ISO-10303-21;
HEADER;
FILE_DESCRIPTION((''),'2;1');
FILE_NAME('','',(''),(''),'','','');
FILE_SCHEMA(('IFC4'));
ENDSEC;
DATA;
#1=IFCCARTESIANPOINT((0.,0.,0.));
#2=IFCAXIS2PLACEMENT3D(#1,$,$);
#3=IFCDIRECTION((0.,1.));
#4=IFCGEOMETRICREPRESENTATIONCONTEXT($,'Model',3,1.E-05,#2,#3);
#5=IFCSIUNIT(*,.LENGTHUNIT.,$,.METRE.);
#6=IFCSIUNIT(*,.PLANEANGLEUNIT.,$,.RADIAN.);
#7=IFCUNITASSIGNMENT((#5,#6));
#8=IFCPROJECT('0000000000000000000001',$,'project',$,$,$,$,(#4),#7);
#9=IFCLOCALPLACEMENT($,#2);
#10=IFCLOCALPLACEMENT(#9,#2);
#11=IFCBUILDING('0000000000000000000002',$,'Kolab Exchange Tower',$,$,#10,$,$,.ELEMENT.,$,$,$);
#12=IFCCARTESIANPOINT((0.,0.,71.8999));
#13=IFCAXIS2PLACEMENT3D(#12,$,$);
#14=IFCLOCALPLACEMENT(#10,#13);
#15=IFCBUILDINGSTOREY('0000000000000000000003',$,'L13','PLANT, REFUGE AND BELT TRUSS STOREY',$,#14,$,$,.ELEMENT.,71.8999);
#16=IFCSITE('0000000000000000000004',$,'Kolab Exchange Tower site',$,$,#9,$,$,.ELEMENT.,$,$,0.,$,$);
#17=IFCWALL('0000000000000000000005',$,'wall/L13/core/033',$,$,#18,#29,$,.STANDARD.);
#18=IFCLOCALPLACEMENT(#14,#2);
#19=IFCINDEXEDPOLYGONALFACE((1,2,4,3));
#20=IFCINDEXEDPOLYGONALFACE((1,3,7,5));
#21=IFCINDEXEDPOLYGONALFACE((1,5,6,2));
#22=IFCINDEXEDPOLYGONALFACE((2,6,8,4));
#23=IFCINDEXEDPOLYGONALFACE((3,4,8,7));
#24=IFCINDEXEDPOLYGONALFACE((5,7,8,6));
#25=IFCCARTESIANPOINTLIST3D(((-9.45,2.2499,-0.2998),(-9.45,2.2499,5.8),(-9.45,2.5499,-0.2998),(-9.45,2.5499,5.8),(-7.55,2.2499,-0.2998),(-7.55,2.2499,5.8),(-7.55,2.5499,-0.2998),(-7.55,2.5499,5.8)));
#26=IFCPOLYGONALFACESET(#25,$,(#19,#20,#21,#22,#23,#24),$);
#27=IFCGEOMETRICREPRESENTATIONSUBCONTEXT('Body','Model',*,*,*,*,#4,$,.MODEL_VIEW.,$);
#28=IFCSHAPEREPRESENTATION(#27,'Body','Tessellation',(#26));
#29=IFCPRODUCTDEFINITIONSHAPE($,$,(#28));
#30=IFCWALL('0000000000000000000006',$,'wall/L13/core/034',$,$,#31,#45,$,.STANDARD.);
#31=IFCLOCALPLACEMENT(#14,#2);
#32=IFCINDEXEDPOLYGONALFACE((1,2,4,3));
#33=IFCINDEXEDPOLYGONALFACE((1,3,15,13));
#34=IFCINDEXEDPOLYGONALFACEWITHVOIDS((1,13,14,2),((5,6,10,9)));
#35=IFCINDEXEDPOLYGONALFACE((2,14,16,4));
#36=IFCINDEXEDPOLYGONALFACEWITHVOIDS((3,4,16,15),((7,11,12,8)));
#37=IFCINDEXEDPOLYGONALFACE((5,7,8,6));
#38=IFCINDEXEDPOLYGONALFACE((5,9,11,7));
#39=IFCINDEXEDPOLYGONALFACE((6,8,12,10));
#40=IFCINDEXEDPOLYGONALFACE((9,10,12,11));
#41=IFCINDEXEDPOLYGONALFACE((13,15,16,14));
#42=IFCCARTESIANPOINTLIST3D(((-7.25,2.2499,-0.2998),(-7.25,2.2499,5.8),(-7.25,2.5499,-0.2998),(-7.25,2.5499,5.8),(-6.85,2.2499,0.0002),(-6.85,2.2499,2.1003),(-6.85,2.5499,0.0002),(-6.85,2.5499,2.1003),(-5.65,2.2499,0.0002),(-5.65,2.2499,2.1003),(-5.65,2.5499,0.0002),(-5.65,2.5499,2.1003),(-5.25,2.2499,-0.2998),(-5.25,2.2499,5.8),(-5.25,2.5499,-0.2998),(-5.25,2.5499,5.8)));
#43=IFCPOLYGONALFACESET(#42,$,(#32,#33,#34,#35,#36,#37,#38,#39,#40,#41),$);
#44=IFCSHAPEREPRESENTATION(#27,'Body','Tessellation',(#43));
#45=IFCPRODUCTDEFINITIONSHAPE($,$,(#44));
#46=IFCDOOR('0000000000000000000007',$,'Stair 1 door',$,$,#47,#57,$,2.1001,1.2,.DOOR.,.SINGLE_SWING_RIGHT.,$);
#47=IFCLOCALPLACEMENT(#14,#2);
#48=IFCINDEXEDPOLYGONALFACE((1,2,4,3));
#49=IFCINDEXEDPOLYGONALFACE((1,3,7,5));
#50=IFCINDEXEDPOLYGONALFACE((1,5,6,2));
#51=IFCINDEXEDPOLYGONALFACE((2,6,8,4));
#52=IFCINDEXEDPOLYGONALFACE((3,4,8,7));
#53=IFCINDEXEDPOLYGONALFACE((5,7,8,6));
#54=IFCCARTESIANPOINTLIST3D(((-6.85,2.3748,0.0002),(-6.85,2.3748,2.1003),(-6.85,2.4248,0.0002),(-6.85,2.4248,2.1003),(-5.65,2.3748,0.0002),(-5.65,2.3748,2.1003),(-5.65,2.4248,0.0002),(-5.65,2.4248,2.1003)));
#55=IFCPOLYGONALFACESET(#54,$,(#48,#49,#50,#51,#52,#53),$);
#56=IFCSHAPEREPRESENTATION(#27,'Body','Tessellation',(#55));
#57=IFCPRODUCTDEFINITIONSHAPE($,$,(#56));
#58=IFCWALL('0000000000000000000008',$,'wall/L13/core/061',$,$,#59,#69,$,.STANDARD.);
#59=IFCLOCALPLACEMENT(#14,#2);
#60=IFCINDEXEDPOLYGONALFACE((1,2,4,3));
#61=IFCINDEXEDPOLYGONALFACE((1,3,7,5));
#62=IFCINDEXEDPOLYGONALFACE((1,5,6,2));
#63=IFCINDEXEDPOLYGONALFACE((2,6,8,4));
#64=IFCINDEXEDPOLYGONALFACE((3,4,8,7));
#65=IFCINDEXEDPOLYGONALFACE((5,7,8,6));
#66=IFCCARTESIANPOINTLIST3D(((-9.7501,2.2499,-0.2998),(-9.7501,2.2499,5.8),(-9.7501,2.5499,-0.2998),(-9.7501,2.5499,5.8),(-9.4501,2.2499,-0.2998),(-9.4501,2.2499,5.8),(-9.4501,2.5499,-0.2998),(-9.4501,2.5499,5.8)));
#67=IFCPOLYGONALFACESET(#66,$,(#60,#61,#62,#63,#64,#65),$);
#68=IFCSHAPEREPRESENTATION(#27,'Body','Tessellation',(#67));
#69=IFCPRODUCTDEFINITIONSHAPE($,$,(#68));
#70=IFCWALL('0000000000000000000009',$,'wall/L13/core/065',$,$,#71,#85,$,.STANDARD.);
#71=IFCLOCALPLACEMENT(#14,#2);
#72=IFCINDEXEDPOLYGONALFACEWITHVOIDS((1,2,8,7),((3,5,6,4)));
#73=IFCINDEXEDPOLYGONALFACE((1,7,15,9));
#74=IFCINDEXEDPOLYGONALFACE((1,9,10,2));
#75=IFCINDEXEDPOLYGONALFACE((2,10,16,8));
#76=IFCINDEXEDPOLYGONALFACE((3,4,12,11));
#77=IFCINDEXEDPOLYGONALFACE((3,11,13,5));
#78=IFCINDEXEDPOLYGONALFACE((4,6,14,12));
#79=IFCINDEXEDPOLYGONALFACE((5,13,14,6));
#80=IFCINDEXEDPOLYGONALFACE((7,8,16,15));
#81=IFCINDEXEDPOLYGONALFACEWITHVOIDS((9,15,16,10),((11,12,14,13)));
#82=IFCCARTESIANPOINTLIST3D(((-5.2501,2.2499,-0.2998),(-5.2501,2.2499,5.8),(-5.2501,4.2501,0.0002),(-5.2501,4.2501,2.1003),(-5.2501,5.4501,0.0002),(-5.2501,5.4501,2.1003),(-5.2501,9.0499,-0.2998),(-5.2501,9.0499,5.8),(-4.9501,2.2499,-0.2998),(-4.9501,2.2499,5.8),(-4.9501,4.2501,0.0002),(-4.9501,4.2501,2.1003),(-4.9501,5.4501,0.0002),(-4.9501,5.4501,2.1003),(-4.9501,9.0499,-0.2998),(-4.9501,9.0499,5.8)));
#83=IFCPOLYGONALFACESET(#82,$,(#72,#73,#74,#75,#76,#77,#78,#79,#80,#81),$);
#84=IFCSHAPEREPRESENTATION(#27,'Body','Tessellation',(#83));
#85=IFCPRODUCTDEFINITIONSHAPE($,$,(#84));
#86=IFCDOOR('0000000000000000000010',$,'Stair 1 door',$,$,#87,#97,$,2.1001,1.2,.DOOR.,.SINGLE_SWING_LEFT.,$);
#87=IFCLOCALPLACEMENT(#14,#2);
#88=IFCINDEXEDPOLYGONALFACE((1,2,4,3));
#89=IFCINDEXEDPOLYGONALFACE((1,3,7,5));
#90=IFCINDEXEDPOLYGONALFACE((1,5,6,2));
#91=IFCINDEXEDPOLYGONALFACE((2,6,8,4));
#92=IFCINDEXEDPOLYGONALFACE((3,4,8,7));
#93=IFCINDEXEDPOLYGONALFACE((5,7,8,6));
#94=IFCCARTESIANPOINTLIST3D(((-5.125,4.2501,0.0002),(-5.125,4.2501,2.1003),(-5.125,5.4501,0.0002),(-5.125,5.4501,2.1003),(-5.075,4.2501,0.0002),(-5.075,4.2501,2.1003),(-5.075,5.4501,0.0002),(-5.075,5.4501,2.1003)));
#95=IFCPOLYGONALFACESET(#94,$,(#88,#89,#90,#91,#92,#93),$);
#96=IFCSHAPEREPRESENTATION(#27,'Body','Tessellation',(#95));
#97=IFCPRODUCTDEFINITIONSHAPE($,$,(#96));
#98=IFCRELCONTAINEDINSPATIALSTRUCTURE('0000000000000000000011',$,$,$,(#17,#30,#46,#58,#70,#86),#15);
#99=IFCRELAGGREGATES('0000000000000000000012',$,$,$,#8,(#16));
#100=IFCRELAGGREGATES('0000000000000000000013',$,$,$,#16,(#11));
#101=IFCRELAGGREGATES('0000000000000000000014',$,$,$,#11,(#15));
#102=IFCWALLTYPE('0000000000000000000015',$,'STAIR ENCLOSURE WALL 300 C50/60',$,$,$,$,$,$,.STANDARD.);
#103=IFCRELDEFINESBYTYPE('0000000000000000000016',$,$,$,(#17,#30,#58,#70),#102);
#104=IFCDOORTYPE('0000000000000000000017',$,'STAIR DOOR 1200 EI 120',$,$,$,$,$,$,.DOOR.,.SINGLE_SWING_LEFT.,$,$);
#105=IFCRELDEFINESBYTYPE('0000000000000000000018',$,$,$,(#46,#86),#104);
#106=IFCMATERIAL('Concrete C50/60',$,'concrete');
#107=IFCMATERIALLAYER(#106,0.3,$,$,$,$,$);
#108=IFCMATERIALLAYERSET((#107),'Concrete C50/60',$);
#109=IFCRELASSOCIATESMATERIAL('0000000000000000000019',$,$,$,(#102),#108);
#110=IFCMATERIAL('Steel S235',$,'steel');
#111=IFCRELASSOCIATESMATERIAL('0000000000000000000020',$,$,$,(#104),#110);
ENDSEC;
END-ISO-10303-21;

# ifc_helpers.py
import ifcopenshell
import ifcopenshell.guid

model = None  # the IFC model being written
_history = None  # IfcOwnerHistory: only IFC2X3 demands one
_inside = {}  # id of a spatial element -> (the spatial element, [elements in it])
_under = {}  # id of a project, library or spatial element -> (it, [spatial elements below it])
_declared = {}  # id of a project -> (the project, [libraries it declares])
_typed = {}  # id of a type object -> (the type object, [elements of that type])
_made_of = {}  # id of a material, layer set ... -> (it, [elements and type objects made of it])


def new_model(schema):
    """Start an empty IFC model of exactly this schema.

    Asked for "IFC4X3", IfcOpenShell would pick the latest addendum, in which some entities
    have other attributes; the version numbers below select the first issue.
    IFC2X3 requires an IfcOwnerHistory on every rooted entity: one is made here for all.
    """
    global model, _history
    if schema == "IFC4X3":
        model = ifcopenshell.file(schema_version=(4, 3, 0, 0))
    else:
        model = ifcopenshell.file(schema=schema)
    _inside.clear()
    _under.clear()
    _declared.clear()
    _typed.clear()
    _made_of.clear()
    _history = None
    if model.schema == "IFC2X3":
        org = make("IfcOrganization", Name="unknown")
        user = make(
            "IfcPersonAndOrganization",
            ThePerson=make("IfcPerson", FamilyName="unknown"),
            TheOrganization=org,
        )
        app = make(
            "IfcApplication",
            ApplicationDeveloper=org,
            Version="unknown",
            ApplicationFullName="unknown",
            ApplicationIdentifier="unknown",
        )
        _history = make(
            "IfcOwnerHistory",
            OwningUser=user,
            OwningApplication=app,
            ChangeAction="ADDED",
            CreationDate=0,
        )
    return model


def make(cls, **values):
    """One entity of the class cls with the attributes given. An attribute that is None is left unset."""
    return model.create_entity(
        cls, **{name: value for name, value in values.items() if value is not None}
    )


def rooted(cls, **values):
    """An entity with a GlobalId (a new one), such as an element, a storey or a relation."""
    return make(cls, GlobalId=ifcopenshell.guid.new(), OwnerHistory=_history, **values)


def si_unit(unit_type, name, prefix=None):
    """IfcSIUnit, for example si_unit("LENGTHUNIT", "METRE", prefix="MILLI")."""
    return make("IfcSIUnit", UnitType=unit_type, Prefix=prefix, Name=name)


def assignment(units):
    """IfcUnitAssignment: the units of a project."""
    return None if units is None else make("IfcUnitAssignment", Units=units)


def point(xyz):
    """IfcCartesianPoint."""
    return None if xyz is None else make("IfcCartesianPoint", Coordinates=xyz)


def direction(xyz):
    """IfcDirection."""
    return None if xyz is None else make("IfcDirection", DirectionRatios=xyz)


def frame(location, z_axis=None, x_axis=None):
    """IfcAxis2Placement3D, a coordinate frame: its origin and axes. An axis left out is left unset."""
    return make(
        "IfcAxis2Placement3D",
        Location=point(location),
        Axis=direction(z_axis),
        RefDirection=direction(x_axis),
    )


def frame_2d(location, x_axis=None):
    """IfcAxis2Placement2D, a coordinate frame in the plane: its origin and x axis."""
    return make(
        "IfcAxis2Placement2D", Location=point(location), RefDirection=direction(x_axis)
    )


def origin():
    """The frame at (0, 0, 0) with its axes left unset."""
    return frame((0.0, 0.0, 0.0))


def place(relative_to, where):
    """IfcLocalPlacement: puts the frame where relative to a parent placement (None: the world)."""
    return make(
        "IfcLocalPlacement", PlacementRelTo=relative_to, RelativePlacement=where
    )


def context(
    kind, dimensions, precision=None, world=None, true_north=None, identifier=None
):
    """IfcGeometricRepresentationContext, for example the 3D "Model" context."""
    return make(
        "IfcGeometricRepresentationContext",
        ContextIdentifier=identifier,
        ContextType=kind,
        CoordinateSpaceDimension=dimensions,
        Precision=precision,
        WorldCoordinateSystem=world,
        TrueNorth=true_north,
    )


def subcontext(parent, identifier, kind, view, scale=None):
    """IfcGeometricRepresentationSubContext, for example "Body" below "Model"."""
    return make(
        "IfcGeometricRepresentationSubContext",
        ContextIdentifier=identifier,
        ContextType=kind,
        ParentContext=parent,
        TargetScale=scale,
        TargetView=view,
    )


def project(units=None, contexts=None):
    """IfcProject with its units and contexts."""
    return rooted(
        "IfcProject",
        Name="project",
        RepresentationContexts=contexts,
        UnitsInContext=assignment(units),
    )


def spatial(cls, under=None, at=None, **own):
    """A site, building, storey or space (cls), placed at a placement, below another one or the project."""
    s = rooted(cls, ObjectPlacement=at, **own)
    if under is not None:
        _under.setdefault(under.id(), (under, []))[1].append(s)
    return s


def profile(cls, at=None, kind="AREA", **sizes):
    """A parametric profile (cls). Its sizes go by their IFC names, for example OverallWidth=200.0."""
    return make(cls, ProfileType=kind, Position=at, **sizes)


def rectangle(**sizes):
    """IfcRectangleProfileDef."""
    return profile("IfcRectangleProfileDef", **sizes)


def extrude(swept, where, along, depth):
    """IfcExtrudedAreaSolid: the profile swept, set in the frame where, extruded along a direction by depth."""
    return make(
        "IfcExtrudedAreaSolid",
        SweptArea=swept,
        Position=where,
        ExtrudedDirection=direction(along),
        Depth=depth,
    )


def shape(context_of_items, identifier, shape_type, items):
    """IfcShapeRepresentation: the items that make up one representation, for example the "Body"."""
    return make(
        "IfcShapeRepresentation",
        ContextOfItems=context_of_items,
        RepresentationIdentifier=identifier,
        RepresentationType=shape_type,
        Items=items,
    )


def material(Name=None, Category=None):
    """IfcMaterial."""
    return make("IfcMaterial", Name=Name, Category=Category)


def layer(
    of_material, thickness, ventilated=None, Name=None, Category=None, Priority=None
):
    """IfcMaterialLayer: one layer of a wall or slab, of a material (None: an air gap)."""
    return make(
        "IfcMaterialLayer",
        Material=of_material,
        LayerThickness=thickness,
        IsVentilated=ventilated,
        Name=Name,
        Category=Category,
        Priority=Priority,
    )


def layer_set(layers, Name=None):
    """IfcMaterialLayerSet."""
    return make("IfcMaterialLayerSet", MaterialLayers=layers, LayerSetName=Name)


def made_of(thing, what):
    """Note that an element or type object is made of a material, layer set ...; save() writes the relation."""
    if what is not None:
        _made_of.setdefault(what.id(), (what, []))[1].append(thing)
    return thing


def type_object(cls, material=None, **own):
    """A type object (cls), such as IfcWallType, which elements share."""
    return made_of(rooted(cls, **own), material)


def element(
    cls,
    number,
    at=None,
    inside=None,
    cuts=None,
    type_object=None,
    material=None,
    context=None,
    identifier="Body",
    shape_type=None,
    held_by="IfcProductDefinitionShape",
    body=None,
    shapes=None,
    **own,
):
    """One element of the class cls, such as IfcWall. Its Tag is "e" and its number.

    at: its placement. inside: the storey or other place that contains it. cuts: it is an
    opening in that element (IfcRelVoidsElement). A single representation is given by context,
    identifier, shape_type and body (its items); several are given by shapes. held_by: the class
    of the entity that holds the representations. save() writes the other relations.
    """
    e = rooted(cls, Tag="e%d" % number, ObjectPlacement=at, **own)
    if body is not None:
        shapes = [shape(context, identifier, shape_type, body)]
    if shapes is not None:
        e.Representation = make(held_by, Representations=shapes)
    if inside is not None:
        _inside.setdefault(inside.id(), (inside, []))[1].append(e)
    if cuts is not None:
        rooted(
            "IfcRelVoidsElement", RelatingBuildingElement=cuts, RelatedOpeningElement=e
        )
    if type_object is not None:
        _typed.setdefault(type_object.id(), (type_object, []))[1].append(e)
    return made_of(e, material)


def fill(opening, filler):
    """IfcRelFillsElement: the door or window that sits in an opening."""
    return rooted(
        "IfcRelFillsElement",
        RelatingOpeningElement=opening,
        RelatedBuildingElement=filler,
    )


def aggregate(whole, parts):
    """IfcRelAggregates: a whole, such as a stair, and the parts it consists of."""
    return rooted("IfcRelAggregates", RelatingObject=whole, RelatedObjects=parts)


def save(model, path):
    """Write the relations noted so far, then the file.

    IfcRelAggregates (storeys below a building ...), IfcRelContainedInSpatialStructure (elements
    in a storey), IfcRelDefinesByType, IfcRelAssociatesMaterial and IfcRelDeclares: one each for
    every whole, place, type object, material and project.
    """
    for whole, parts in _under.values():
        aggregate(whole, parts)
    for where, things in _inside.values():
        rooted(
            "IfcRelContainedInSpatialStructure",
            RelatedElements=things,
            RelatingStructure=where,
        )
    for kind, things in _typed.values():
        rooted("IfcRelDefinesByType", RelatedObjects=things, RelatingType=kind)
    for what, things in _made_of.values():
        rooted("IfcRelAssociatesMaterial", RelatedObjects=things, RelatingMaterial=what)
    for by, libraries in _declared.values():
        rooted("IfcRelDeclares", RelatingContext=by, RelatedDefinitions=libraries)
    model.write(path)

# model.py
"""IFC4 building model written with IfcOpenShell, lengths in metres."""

from ifc_helpers import new_model, si_unit, direction, frame, frame_2d, origin, place, context, subcontext, project, spatial, rectangle, extrude, material, layer, layer_set, type_object, element, fill, save


model = new_model("IFC4")

# Units and contexts
model_context = context("Model", 3, precision=1e-05, world=origin(), true_north=direction((0.0, 1.0)))
body_context = subcontext(model_context, "Body", "Model", "MODEL_VIEW")
ifc_project = project(units=[si_unit("LENGTHUNIT", "METRE"), si_unit("PLANEANGLEUNIT", "RADIAN")], contexts=[model_context])

# Site, building, storey
site_placement = place(None, origin())
site = spatial("IfcSite", under=ifc_project, at=site_placement, Name="Kolab Exchange Tower site", CompositionType="ELEMENT", RefElevation=0.0)
building_placement = place(site_placement, origin())
building = spatial("IfcBuilding", under=site, at=building_placement, Name="Kolab Exchange Tower", CompositionType="ELEMENT")
storey_placement = place(building_placement, frame((0.0, 0.0, 71.8999)))
storey = spatial("IfcBuildingStorey", under=building, at=storey_placement, Name="L13", Description="PLANT, REFUGE AND BELT TRUSS STOREY", CompositionType="ELEMENT", Elevation=71.8999)

# Shared definitions
ifc_material_1 = material(Name="Concrete C50/60", Category="concrete")

# Shared definitions
ifc_material_2 = material(Name="Steel S235", Category="steel")

# Wall
ifc_layer_1 = layer(ifc_material_1, 0.3)
ifc_layer_set_1 = layer_set([ifc_layer_1], Name="Concrete C50/60")
wall_type_1 = type_object("IfcWallType", Name="STAIR ENCLOSURE WALL 300 C50/60", PredefinedType="STANDARD", material=ifc_layer_set_1)
wall_1_placement = place(storey_placement, frame((-9.45, 2.3999, -0.2998), z_axis=(0.0, 0.0, 1.0), x_axis=(1.0, 0.0, 0.0)))
element("IfcWall", 1, at=wall_1_placement, inside=storey, type_object=wall_type_1, Name="wall/L13/core/033", PredefinedType="STANDARD", context=body_context, shape_type="SweptSolid", body=[
    extrude(rectangle(XDim=1.8999, YDim=0.3, at=frame_2d((0.95, 0.0))), origin(), (0.0, 0.0, 1.0), 6.0999),
])

# Wall, opening, door
wall_2_placement = place(storey_placement, frame((-7.25, 2.3999, -0.2998), z_axis=(0.0, 0.0, 1.0), x_axis=(1.0, 0.0, 0.0)))
wall_2 = element("IfcWall", 2, at=wall_2_placement, inside=storey, type_object=wall_type_1, Name="wall/L13/core/034", PredefinedType="STANDARD", context=body_context, shape_type="SweptSolid", body=[
    extrude(rectangle(XDim=2.0, YDim=0.3, at=frame_2d((1.0, 0.0))), origin(), (0.0, 0.0, 1.0), 6.0999),
])
opening_1_placement = place(wall_2_placement, frame((0.3999, 0.0, 0.3)))
opening_1 = element("IfcOpeningElement", 3, at=opening_1_placement, cuts=wall_2, PredefinedType="OPENING", context=body_context, shape_type="SweptSolid", body=[
    extrude(rectangle(XDim=1.2, YDim=2.1001, at=frame_2d((0.6001, 1.05))), frame((0.0, 0.1602, 0.0), z_axis=(0.0, -1.0, 0.0), x_axis=(1.0, 0.0, 0.0)), (0.0, 0.0, 1.0), 0.3201),
])
door_type_1 = type_object("IfcDoorType", Name="STAIR DOOR 1200 EI 120", OperationType="SINGLE_SWING_LEFT", PredefinedType="DOOR", material=ifc_material_2)
door_1_placement = place(opening_1_placement, origin())
door_1 = element("IfcDoor", 4, at=door_1_placement, inside=storey, type_object=door_type_1, Name="Stair 1 door", OperationType="SINGLE_SWING_RIGHT", OverallHeight=2.1001, OverallWidth=1.2, PredefinedType="DOOR", context=body_context, shape_type="SweptSolid", body=[
    extrude(rectangle(XDim=1.2, YDim=2.1001, at=frame_2d((0.6001, 1.05))), frame((0.0, 0.0249, 0.0), z_axis=(0.0, -1.0, 0.0), x_axis=(1.0, 0.0, 0.0)), (0.0, 0.0, 1.0), 0.05),
])
fill(opening_1, door_1)

# Wall
wall_3_placement = place(storey_placement, frame((-9.6001, 2.25, -0.2998), z_axis=(0.0, 0.0, 1.0), x_axis=(0.0, 1.0, 0.0)))
element("IfcWall", 5, at=wall_3_placement, inside=storey, type_object=wall_type_1, Name="wall/L13/core/061", PredefinedType="STANDARD", context=body_context, shape_type="SweptSolid", body=[
    extrude(rectangle(XDim=0.3, YDim=0.3, at=frame_2d((0.1499, 0.0))), origin(), (0.0, 0.0, 1.0), 6.0999),
])

# Wall, opening, door
wall_4_placement = place(storey_placement, frame((-5.1001, 2.25, -0.2998), z_axis=(0.0, 0.0, 1.0), x_axis=(0.0, 1.0, 0.0)))
wall_4 = element("IfcWall", 6, at=wall_4_placement, inside=storey, type_object=wall_type_1, Name="wall/L13/core/065", PredefinedType="STANDARD", context=body_context, shape_type="SweptSolid", body=[
    extrude(rectangle(XDim=6.8, YDim=0.3, at=frame_2d((3.3999, 0.0))), origin(), (0.0, 0.0, 1.0), 6.0999),
])
opening_2_placement = place(wall_4_placement, frame((2.0, 0.0, 0.3)))
opening_2 = element("IfcOpeningElement", 7, at=opening_2_placement, cuts=wall_4, PredefinedType="OPENING", context=body_context, shape_type="SweptSolid", body=[
    extrude(rectangle(XDim=1.2, YDim=2.1001, at=frame_2d((0.6001, 1.05))), frame((0.0, 0.1602, 0.0), z_axis=(0.0, -1.0, 0.0), x_axis=(1.0, 0.0, 0.0)), (0.0, 0.0, 1.0), 0.3201),
])
door_2_placement = place(opening_2_placement, origin())
door_2 = element("IfcDoor", 8, at=door_2_placement, inside=storey, type_object=door_type_1, Name="Stair 1 door", OperationType="SINGLE_SWING_LEFT", OverallHeight=2.1001, OverallWidth=1.2, PredefinedType="DOOR", context=body_context, shape_type="SweptSolid", body=[
    extrude(rectangle(XDim=1.2, YDim=2.1001, at=frame_2d((0.6001, 1.05))), frame((0.0, 0.0249, 0.0), z_axis=(0.0, -1.0, 0.0), x_axis=(1.0, 0.0, 0.0)), (0.0, 0.0, 1.0), 0.05),
])
fill(opening_2, door_2)

save(model, "model.ifc")
